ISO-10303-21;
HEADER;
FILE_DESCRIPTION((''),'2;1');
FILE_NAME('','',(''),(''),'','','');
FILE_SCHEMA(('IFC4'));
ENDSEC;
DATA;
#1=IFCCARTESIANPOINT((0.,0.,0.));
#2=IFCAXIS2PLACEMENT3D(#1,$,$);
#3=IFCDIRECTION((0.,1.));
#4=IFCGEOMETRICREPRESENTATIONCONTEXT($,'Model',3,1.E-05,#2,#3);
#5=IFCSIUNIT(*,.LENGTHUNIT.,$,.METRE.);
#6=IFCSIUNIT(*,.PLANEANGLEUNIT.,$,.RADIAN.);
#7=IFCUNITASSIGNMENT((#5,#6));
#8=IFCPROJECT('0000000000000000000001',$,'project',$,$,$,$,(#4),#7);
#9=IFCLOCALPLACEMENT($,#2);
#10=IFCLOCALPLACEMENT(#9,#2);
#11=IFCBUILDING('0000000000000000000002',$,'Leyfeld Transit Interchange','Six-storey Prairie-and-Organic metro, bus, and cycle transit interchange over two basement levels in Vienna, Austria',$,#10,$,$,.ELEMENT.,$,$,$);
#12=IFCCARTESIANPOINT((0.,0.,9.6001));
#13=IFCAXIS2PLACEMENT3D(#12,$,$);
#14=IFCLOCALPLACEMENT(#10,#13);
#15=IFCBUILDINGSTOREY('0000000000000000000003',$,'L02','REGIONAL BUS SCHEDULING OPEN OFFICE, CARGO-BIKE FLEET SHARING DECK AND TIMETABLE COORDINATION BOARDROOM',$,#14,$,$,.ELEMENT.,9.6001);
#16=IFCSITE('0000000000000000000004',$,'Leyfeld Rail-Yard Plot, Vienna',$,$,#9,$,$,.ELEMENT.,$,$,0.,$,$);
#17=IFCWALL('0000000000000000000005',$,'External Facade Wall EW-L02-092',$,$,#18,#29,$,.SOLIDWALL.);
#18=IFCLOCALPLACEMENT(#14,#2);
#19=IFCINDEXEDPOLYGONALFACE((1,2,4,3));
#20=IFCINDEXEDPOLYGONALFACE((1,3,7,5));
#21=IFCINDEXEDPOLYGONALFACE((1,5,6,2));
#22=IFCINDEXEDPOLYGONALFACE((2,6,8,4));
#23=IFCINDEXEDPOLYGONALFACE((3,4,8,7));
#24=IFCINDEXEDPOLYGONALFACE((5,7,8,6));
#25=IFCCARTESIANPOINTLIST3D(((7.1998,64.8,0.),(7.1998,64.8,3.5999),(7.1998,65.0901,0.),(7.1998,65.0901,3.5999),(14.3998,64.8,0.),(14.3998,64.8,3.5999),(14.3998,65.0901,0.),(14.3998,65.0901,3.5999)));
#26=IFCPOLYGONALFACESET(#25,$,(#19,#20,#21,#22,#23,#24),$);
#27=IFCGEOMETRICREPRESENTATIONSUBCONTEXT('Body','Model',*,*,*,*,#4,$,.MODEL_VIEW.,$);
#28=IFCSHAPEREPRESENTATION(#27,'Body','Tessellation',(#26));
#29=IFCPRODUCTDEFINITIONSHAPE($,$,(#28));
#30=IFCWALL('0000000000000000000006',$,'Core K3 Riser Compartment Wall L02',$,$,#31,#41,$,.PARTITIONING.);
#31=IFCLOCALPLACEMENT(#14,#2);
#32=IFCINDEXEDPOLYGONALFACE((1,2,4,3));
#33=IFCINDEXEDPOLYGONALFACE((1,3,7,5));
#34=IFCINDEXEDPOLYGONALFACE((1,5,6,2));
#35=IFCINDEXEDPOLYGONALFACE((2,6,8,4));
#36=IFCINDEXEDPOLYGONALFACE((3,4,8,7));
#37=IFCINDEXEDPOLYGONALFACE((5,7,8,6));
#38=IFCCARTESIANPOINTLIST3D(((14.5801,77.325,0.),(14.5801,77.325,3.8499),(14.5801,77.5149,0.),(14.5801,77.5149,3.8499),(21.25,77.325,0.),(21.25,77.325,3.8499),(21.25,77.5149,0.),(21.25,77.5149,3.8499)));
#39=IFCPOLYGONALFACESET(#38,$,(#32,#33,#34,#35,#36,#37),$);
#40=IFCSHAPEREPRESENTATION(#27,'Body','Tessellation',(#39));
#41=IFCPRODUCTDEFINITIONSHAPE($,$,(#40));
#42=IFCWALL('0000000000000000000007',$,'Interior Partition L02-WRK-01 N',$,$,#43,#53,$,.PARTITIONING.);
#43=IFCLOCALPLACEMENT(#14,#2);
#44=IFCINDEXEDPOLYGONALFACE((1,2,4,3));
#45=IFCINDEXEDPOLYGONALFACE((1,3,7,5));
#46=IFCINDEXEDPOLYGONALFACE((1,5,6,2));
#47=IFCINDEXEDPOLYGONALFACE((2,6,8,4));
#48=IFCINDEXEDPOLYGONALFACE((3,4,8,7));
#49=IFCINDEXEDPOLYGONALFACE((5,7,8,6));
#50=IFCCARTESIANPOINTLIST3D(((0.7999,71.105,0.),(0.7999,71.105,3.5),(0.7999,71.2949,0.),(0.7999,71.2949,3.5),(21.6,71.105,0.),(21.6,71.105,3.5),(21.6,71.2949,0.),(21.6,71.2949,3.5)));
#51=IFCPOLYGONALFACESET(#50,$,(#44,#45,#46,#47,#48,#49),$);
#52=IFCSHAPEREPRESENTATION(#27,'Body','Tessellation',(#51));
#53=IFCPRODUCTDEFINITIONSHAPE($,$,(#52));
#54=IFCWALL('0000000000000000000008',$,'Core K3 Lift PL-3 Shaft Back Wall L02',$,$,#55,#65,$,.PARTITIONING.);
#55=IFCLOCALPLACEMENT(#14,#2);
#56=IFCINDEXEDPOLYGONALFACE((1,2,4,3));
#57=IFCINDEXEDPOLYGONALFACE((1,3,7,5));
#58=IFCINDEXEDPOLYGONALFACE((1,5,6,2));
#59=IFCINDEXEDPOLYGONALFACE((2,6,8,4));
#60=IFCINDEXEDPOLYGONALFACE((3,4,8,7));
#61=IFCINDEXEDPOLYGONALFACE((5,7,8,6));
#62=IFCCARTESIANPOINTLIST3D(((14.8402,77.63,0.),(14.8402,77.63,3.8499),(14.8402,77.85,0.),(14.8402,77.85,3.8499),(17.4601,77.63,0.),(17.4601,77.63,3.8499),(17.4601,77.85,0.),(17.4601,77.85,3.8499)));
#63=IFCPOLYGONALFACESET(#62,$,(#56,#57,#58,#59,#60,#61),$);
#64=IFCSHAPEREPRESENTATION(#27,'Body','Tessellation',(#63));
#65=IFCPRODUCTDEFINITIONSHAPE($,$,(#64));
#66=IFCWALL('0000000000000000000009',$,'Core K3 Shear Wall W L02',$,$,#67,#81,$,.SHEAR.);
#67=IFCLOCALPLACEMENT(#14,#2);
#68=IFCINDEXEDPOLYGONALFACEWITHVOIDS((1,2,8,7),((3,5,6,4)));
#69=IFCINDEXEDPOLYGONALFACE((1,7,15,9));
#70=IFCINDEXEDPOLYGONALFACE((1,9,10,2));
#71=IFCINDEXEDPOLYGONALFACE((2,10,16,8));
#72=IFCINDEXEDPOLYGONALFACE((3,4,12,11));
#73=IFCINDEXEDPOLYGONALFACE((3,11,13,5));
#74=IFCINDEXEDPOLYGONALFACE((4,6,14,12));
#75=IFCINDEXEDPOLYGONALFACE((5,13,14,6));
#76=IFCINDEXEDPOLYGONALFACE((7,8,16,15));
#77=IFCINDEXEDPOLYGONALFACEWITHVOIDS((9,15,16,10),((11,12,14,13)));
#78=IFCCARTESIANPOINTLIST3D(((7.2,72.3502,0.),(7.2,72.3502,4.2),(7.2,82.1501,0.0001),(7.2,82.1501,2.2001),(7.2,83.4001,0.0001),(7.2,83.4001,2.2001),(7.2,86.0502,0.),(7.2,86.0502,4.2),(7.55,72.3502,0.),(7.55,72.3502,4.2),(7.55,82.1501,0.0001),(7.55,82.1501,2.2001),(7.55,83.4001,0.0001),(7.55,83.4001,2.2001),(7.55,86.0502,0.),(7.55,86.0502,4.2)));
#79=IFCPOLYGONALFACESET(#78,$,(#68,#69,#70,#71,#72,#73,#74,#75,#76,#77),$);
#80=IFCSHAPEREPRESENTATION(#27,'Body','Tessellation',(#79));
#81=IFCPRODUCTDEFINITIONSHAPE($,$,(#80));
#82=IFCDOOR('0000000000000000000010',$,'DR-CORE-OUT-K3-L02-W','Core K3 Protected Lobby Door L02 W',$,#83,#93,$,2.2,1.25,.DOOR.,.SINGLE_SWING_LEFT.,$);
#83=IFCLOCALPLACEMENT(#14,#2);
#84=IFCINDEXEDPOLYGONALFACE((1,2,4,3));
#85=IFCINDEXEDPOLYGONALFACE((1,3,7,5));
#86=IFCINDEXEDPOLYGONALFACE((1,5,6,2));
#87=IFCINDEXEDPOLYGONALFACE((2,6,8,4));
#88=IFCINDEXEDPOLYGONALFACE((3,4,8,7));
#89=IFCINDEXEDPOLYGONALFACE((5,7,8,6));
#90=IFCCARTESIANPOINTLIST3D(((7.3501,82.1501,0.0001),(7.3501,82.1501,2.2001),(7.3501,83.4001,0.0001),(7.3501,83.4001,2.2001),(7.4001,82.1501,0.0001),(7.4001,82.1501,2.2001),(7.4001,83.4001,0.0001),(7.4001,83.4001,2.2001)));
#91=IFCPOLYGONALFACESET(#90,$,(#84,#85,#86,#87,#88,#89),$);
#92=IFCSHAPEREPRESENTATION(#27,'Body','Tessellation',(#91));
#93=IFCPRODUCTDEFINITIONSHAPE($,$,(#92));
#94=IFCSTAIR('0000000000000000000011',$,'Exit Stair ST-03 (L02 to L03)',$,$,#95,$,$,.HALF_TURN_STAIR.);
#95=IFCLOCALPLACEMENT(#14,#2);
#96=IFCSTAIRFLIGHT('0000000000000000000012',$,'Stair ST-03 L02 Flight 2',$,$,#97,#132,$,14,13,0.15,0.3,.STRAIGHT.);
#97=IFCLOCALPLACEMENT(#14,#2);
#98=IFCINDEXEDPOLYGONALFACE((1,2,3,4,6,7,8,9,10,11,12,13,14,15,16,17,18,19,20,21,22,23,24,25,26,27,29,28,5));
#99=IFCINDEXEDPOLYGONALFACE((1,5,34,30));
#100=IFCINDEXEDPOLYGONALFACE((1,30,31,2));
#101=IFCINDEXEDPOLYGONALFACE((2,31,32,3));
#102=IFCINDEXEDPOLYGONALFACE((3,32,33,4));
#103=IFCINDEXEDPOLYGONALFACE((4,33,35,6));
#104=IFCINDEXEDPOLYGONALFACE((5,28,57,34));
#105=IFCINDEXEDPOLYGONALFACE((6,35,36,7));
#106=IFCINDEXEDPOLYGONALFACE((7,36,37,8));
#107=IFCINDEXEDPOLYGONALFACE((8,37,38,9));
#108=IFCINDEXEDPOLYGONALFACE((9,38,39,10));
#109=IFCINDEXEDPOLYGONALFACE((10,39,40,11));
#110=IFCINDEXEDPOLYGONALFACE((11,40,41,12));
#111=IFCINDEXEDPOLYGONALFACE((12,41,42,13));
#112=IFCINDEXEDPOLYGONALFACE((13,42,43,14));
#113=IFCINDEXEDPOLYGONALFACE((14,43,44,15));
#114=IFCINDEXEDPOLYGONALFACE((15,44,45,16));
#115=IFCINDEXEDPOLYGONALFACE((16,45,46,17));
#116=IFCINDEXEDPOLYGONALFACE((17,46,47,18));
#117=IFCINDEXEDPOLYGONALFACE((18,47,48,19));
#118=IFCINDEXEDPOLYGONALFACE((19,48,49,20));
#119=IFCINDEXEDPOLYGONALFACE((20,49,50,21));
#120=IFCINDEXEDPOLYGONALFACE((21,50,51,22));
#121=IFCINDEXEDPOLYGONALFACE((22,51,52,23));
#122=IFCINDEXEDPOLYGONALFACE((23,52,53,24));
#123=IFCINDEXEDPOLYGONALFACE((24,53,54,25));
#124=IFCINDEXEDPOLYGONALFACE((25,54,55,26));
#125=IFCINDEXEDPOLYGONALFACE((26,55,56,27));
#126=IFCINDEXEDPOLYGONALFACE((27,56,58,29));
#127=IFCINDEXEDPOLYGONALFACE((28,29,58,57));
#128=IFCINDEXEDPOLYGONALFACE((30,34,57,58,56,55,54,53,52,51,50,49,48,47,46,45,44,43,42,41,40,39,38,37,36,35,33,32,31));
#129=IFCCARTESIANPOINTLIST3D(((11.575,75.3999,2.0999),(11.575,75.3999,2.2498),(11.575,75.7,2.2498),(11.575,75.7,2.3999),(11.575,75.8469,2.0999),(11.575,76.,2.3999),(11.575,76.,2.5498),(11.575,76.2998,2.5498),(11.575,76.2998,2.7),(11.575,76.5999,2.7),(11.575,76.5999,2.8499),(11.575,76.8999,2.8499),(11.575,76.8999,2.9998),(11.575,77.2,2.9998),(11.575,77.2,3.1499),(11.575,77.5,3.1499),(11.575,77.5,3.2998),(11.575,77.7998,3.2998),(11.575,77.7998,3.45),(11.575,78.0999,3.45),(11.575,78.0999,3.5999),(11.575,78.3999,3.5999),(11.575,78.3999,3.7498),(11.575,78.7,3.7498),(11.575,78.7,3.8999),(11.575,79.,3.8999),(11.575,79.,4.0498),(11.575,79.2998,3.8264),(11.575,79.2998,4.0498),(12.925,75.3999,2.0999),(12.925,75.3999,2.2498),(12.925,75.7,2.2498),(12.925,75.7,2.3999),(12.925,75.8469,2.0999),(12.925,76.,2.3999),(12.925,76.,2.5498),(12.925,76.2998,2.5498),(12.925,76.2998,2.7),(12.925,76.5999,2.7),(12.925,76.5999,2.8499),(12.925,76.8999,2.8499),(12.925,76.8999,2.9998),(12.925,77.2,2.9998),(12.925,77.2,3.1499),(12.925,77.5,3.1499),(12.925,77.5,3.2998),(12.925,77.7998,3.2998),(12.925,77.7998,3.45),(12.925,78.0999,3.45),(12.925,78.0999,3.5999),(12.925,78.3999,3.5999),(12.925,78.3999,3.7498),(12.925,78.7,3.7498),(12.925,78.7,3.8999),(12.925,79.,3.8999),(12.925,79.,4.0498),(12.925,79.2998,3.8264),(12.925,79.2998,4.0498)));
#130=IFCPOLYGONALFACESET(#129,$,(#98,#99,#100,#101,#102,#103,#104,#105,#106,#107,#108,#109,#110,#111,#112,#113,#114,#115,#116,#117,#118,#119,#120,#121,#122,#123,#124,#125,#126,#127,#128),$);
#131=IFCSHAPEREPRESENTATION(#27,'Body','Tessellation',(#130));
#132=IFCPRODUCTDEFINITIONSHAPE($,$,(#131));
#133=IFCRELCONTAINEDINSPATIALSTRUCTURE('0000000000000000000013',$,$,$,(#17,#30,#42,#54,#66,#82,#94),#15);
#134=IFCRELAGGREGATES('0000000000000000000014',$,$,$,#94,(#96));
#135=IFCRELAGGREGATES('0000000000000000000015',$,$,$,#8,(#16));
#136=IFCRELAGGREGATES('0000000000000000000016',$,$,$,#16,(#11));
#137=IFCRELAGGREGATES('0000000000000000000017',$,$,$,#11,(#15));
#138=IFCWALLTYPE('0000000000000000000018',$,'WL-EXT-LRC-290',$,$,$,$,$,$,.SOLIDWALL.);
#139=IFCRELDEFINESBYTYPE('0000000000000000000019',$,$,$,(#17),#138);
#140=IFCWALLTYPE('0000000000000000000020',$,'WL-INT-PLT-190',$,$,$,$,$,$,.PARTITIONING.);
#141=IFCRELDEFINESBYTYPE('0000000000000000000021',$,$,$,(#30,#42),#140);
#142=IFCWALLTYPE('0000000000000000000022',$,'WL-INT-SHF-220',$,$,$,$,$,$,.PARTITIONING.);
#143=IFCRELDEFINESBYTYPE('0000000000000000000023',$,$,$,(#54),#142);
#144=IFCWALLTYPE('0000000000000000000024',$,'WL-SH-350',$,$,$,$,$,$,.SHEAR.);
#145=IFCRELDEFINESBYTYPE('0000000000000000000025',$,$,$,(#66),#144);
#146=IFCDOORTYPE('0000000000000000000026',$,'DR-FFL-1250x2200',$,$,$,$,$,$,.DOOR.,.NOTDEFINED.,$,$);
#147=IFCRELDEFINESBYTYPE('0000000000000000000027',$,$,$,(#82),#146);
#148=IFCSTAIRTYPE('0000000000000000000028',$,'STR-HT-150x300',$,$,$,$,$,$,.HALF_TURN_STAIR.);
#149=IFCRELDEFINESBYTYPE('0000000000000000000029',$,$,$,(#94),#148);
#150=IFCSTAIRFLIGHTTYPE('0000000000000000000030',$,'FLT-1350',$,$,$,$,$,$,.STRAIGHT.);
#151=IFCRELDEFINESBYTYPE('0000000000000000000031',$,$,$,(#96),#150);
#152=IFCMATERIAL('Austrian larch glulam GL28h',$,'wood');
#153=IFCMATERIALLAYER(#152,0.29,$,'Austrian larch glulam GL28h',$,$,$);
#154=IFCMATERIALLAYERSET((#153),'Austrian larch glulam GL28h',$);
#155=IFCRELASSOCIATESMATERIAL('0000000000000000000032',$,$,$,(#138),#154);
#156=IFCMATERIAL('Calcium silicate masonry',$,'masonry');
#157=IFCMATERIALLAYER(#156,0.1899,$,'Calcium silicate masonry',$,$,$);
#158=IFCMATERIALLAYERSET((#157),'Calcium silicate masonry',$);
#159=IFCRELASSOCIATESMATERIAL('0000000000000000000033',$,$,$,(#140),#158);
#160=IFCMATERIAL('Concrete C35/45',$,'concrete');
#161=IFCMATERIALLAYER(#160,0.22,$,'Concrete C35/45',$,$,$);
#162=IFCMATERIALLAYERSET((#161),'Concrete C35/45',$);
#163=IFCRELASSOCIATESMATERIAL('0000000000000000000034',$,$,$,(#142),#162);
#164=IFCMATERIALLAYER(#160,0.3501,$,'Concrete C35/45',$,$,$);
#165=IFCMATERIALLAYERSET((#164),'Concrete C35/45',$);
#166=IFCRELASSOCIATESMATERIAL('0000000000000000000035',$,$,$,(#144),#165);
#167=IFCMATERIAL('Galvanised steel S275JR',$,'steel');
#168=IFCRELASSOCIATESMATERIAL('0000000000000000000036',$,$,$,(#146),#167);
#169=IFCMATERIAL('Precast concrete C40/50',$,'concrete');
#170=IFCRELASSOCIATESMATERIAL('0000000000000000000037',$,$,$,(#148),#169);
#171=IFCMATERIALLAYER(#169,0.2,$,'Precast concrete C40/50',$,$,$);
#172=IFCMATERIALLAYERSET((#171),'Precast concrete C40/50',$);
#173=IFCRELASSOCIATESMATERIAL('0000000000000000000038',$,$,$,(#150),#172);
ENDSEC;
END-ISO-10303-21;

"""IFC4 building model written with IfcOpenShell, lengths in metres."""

from ifc_helpers import new_model, si_unit, direction, frame, frame_2d, origin, place, context, subcontext, project, spatial, polyline, rectangle, outline, extrude, material, layer, layer_set, type_object, element, fill, aggregate, save


model = new_model("IFC4")

# Units and contexts
model_context = context("Model", 3, precision=1e-05, world=origin(), true_north=direction((0.0, 1.0)))
body_context = subcontext(model_context, "Body", "Model", "MODEL_VIEW")
ifc_project = project(units=[si_unit("LENGTHUNIT", "METRE"), si_unit("PLANEANGLEUNIT", "RADIAN")], contexts=[model_context])

# Site, building, storey
site_placement = place(None, origin())
site = spatial("IfcSite", under=ifc_project, at=site_placement, Name="Leyfeld Rail-Yard Plot, Vienna", CompositionType="ELEMENT", RefElevation=0.0)
building_placement = place(site_placement, origin())
building = spatial("IfcBuilding", under=site, at=building_placement, Name="Leyfeld Transit Interchange", Description="Six-storey Prairie-and-Organic metro, bus, and cycle transit interchange over two basement levels in Vienna, Austria", CompositionType="ELEMENT")
storey_placement = place(building_placement, frame((0.0, 0.0, 9.6001)))
storey = spatial("IfcBuildingStorey", under=building, at=storey_placement, Name="L02", Description="REGIONAL BUS SCHEDULING OPEN OFFICE, CARGO-BIKE FLEET SHARING DECK AND TIMETABLE COORDINATION BOARDROOM", CompositionType="ELEMENT", Elevation=9.6001)

# Shared definitions
ifc_material_1 = material(Name="Concrete C35/45", Category="concrete")

# Walls
ifc_material_2 = material(Name="Austrian larch glulam GL28h", Category="wood")
ifc_layer_1 = layer(ifc_material_2, 0.29, Name="Austrian larch glulam GL28h")
ifc_layer_set_1 = layer_set([ifc_layer_1], Name="Austrian larch glulam GL28h")
wall_type_1 = type_object("IfcWallType", Name="WL-EXT-LRC-290", PredefinedType="SOLIDWALL", material=ifc_layer_set_1)
wall_1_placement = place(storey_placement, frame((14.3999, 64.9451, 0.0), z_axis=(0.0, 0.0, 1.0), x_axis=(-1.0, 0.0, 0.0)))
element("IfcWall", 1, at=wall_1_placement, inside=storey, type_object=wall_type_1, Name="External Facade Wall EW-L02-092", PredefinedType="SOLIDWALL", context=body_context, shape_type="SweptSolid", body=[
    extrude(rectangle(XDim=7.2, YDim=0.29, at=frame_2d((3.6001, 0.0))), origin(), (0.0, 0.0, 1.0), 3.5999),
])
ifc_material_3 = material(Name="Calcium silicate masonry", Category="masonry")
ifc_layer_2 = layer(ifc_material_3, 0.1899, Name="Calcium silicate masonry")
ifc_layer_set_2 = layer_set([ifc_layer_2], Name="Calcium silicate masonry")
wall_type_2 = type_object("IfcWallType", Name="WL-INT-PLT-190", PredefinedType="PARTITIONING", material=ifc_layer_set_2)
wall_2_placement = place(storey_placement, frame((14.5801, 77.4199, 0.0), z_axis=(0.0, 0.0, 1.0), x_axis=(1.0, 0.0, 0.0)))
element("IfcWall", 2, at=wall_2_placement, inside=storey, type_object=wall_type_2, Name="Core K3 Riser Compartment Wall L02", PredefinedType="PARTITIONING", context=body_context, shape_type="SweptSolid", body=[
    extrude(rectangle(XDim=6.6699, YDim=0.1899, at=frame_2d((3.335, 0.0))), origin(), (0.0, 0.0, 1.0), 3.8499),
])
wall_3_placement = place(storey_placement, frame((0.8, 71.2, 0.0), z_axis=(0.0, 0.0, 1.0), x_axis=(1.0, 0.0, 0.0)))
element("IfcWall", 3, at=wall_3_placement, inside=storey, type_object=wall_type_2, Name="Interior Partition L02-WRK-01 N", PredefinedType="PARTITIONING", context=body_context, shape_type="SweptSolid", body=[
    extrude(rectangle(XDim=20.8, YDim=0.1899, at=frame_2d((10.3999, 0.0))), origin(), (0.0, 0.0, 1.0), 3.5),
])
ifc_layer_3 = layer(ifc_material_1, 0.22, Name="Concrete C35/45")
ifc_layer_set_3 = layer_set([ifc_layer_3], Name="Concrete C35/45")
wall_type_3 = type_object("IfcWallType", Name="WL-INT-SHF-220", PredefinedType="PARTITIONING", material=ifc_layer_set_3)
wall_4_placement = place(storey_placement, frame((14.8401, 77.74, 0.0), z_axis=(0.0, 0.0, 1.0), x_axis=(1.0, 0.0, 0.0)))
element("IfcWall", 4, at=wall_4_placement, inside=storey, type_object=wall_type_3, Name="Core K3 Lift PL-3 Shaft Back Wall L02", PredefinedType="PARTITIONING", context=body_context, shape_type="SweptSolid", body=[
    extrude(rectangle(XDim=2.6199, YDim=0.22, at=frame_2d((1.3101, 0.0))), origin(), (0.0, 0.0, 1.0), 3.8499),
])

# Wall, opening, door
ifc_layer_4 = layer(ifc_material_1, 0.3501, Name="Concrete C35/45")
ifc_layer_set_4 = layer_set([ifc_layer_4], Name="Concrete C35/45")
wall_type_4 = type_object("IfcWallType", Name="WL-SH-350", PredefinedType="SHEAR", material=ifc_layer_set_4)
wall_5_placement = place(storey_placement, frame((7.375, 72.3501, 0.0), z_axis=(0.0, 0.0, 1.0), x_axis=(0.0, 1.0, 0.0)))
wall_5 = element("IfcWall", 5, at=wall_5_placement, inside=storey, type_object=wall_type_4, Name="Core K3 Shear Wall W L02", PredefinedType="SHEAR", context=body_context, shape_type="SweptSolid", body=[
    extrude(rectangle(XDim=13.7, YDim=0.3501, at=frame_2d((6.8501, 0.0))), origin(), (0.0, 0.0, 1.0), 4.2),
])
opening_placement = place(wall_5_placement, frame((9.8, 0.0, 0.0)))
opening = element("IfcOpeningElement", 6, at=opening_placement, cuts=wall_5, PredefinedType="OPENING", context=body_context, shape_type="SweptSolid", body=[
    extrude(rectangle(XDim=1.25, YDim=2.2, at=frame_2d((0.625, 1.1001))), frame((0.0, 0.1851, 0.0), z_axis=(0.0, -1.0, 0.0), x_axis=(1.0, 0.0, 0.0)), (0.0, 0.0, 1.0), 0.3701),
])
ifc_material_4 = material(Name="Galvanised steel S275JR", Category="steel")
door_type = type_object("IfcDoorType", Name="DR-FFL-1250x2200", OperationType="NOTDEFINED", PredefinedType="DOOR", material=ifc_material_4)
door_placement = place(opening_placement, origin())
door = element("IfcDoor", 7, at=door_placement, inside=storey, type_object=door_type, Name="DR-CORE-OUT-K3-L02-W", Description="Core K3 Protected Lobby Door L02 W", OperationType="SINGLE_SWING_LEFT", OverallHeight=2.2, OverallWidth=1.25, PredefinedType="DOOR", context=body_context, shape_type="SweptSolid", body=[
    extrude(rectangle(XDim=1.25, YDim=2.2, at=frame_2d((0.625, 1.1001))), frame((0.0, 0.0249, 0.0), z_axis=(0.0, -1.0, 0.0), x_axis=(1.0, 0.0, 0.0)), (0.0, 0.0, 1.0), 0.05),
])
fill(opening, door)

# Stair, stair flight
ifc_material_5 = material(Name="Precast concrete C40/50", Category="concrete")
stair_type = type_object("IfcStairType", Name="STR-HT-150x300", PredefinedType="HALF_TURN_STAIR", material=ifc_material_5)
stair_placement = place(storey_placement, origin())
stair = element("IfcStair", 8, at=stair_placement, inside=storey, type_object=stair_type, Name="Exit Stair ST-03 (L02 to L03)", PredefinedType="HALF_TURN_STAIR")
ifc_layer_5 = layer(ifc_material_5, 0.2, Name="Precast concrete C40/50")
ifc_layer_set_5 = layer_set([ifc_layer_5], Name="Precast concrete C40/50")
stair_flight_type = type_object("IfcStairFlightType", Name="FLT-1350", PredefinedType="STRAIGHT", material=ifc_layer_set_5)
stair_flight_placement = place(storey_placement, frame((12.25, 75.3999, 2.0999), z_axis=(0.0, 0.0, 1.0), x_axis=(0.0, 1.0, 0.0)))
stair_flight = element("IfcStairFlight", 9, at=stair_flight_placement, type_object=stair_flight_type, Name="Stair ST-03 L02 Flight 2", NumberOfRisers=14, NumberOfTreads=13, PredefinedType="STRAIGHT", RiserHeight=0.15, TreadLength=0.3, context=body_context, shape_type="SweptSolid", body=[
    extrude(outline(polyline([(0.0, 0.0), (0.0, 0.1499), (0.3, 0.1499), (0.3, 0.3), (0.6001, 0.3), (0.6001, 0.45), (0.8999, 0.45), (0.8999, 0.6001), (1.2, 0.6001), (1.2, 0.75), (1.5, 0.75), (1.5, 0.8999), (1.8, 0.8999), (1.8, 1.05), (2.1001, 1.05), (2.1001, 1.2), (2.3999, 1.2), (2.3999, 1.3501), (2.7, 1.3501), (2.7, 1.5), (3.0, 1.5), (3.0, 1.6499), (3.3, 1.6499), (3.3, 1.8), (3.6001, 1.8), (3.6001, 1.95), (3.8999, 1.95), (3.8999, 2.1001), (3.8999, 1.7266), (0.447, 0.0), (0.0, 0.0)])), frame((0.0, 0.675, 0.0), z_axis=(0.0, -1.0, 0.0), x_axis=(1.0, 0.0, 0.0)), (0.0, 0.0, 1.0), 1.3501),
])
aggregate(stair, [stair_flight])

save(model, "model.ifc")
